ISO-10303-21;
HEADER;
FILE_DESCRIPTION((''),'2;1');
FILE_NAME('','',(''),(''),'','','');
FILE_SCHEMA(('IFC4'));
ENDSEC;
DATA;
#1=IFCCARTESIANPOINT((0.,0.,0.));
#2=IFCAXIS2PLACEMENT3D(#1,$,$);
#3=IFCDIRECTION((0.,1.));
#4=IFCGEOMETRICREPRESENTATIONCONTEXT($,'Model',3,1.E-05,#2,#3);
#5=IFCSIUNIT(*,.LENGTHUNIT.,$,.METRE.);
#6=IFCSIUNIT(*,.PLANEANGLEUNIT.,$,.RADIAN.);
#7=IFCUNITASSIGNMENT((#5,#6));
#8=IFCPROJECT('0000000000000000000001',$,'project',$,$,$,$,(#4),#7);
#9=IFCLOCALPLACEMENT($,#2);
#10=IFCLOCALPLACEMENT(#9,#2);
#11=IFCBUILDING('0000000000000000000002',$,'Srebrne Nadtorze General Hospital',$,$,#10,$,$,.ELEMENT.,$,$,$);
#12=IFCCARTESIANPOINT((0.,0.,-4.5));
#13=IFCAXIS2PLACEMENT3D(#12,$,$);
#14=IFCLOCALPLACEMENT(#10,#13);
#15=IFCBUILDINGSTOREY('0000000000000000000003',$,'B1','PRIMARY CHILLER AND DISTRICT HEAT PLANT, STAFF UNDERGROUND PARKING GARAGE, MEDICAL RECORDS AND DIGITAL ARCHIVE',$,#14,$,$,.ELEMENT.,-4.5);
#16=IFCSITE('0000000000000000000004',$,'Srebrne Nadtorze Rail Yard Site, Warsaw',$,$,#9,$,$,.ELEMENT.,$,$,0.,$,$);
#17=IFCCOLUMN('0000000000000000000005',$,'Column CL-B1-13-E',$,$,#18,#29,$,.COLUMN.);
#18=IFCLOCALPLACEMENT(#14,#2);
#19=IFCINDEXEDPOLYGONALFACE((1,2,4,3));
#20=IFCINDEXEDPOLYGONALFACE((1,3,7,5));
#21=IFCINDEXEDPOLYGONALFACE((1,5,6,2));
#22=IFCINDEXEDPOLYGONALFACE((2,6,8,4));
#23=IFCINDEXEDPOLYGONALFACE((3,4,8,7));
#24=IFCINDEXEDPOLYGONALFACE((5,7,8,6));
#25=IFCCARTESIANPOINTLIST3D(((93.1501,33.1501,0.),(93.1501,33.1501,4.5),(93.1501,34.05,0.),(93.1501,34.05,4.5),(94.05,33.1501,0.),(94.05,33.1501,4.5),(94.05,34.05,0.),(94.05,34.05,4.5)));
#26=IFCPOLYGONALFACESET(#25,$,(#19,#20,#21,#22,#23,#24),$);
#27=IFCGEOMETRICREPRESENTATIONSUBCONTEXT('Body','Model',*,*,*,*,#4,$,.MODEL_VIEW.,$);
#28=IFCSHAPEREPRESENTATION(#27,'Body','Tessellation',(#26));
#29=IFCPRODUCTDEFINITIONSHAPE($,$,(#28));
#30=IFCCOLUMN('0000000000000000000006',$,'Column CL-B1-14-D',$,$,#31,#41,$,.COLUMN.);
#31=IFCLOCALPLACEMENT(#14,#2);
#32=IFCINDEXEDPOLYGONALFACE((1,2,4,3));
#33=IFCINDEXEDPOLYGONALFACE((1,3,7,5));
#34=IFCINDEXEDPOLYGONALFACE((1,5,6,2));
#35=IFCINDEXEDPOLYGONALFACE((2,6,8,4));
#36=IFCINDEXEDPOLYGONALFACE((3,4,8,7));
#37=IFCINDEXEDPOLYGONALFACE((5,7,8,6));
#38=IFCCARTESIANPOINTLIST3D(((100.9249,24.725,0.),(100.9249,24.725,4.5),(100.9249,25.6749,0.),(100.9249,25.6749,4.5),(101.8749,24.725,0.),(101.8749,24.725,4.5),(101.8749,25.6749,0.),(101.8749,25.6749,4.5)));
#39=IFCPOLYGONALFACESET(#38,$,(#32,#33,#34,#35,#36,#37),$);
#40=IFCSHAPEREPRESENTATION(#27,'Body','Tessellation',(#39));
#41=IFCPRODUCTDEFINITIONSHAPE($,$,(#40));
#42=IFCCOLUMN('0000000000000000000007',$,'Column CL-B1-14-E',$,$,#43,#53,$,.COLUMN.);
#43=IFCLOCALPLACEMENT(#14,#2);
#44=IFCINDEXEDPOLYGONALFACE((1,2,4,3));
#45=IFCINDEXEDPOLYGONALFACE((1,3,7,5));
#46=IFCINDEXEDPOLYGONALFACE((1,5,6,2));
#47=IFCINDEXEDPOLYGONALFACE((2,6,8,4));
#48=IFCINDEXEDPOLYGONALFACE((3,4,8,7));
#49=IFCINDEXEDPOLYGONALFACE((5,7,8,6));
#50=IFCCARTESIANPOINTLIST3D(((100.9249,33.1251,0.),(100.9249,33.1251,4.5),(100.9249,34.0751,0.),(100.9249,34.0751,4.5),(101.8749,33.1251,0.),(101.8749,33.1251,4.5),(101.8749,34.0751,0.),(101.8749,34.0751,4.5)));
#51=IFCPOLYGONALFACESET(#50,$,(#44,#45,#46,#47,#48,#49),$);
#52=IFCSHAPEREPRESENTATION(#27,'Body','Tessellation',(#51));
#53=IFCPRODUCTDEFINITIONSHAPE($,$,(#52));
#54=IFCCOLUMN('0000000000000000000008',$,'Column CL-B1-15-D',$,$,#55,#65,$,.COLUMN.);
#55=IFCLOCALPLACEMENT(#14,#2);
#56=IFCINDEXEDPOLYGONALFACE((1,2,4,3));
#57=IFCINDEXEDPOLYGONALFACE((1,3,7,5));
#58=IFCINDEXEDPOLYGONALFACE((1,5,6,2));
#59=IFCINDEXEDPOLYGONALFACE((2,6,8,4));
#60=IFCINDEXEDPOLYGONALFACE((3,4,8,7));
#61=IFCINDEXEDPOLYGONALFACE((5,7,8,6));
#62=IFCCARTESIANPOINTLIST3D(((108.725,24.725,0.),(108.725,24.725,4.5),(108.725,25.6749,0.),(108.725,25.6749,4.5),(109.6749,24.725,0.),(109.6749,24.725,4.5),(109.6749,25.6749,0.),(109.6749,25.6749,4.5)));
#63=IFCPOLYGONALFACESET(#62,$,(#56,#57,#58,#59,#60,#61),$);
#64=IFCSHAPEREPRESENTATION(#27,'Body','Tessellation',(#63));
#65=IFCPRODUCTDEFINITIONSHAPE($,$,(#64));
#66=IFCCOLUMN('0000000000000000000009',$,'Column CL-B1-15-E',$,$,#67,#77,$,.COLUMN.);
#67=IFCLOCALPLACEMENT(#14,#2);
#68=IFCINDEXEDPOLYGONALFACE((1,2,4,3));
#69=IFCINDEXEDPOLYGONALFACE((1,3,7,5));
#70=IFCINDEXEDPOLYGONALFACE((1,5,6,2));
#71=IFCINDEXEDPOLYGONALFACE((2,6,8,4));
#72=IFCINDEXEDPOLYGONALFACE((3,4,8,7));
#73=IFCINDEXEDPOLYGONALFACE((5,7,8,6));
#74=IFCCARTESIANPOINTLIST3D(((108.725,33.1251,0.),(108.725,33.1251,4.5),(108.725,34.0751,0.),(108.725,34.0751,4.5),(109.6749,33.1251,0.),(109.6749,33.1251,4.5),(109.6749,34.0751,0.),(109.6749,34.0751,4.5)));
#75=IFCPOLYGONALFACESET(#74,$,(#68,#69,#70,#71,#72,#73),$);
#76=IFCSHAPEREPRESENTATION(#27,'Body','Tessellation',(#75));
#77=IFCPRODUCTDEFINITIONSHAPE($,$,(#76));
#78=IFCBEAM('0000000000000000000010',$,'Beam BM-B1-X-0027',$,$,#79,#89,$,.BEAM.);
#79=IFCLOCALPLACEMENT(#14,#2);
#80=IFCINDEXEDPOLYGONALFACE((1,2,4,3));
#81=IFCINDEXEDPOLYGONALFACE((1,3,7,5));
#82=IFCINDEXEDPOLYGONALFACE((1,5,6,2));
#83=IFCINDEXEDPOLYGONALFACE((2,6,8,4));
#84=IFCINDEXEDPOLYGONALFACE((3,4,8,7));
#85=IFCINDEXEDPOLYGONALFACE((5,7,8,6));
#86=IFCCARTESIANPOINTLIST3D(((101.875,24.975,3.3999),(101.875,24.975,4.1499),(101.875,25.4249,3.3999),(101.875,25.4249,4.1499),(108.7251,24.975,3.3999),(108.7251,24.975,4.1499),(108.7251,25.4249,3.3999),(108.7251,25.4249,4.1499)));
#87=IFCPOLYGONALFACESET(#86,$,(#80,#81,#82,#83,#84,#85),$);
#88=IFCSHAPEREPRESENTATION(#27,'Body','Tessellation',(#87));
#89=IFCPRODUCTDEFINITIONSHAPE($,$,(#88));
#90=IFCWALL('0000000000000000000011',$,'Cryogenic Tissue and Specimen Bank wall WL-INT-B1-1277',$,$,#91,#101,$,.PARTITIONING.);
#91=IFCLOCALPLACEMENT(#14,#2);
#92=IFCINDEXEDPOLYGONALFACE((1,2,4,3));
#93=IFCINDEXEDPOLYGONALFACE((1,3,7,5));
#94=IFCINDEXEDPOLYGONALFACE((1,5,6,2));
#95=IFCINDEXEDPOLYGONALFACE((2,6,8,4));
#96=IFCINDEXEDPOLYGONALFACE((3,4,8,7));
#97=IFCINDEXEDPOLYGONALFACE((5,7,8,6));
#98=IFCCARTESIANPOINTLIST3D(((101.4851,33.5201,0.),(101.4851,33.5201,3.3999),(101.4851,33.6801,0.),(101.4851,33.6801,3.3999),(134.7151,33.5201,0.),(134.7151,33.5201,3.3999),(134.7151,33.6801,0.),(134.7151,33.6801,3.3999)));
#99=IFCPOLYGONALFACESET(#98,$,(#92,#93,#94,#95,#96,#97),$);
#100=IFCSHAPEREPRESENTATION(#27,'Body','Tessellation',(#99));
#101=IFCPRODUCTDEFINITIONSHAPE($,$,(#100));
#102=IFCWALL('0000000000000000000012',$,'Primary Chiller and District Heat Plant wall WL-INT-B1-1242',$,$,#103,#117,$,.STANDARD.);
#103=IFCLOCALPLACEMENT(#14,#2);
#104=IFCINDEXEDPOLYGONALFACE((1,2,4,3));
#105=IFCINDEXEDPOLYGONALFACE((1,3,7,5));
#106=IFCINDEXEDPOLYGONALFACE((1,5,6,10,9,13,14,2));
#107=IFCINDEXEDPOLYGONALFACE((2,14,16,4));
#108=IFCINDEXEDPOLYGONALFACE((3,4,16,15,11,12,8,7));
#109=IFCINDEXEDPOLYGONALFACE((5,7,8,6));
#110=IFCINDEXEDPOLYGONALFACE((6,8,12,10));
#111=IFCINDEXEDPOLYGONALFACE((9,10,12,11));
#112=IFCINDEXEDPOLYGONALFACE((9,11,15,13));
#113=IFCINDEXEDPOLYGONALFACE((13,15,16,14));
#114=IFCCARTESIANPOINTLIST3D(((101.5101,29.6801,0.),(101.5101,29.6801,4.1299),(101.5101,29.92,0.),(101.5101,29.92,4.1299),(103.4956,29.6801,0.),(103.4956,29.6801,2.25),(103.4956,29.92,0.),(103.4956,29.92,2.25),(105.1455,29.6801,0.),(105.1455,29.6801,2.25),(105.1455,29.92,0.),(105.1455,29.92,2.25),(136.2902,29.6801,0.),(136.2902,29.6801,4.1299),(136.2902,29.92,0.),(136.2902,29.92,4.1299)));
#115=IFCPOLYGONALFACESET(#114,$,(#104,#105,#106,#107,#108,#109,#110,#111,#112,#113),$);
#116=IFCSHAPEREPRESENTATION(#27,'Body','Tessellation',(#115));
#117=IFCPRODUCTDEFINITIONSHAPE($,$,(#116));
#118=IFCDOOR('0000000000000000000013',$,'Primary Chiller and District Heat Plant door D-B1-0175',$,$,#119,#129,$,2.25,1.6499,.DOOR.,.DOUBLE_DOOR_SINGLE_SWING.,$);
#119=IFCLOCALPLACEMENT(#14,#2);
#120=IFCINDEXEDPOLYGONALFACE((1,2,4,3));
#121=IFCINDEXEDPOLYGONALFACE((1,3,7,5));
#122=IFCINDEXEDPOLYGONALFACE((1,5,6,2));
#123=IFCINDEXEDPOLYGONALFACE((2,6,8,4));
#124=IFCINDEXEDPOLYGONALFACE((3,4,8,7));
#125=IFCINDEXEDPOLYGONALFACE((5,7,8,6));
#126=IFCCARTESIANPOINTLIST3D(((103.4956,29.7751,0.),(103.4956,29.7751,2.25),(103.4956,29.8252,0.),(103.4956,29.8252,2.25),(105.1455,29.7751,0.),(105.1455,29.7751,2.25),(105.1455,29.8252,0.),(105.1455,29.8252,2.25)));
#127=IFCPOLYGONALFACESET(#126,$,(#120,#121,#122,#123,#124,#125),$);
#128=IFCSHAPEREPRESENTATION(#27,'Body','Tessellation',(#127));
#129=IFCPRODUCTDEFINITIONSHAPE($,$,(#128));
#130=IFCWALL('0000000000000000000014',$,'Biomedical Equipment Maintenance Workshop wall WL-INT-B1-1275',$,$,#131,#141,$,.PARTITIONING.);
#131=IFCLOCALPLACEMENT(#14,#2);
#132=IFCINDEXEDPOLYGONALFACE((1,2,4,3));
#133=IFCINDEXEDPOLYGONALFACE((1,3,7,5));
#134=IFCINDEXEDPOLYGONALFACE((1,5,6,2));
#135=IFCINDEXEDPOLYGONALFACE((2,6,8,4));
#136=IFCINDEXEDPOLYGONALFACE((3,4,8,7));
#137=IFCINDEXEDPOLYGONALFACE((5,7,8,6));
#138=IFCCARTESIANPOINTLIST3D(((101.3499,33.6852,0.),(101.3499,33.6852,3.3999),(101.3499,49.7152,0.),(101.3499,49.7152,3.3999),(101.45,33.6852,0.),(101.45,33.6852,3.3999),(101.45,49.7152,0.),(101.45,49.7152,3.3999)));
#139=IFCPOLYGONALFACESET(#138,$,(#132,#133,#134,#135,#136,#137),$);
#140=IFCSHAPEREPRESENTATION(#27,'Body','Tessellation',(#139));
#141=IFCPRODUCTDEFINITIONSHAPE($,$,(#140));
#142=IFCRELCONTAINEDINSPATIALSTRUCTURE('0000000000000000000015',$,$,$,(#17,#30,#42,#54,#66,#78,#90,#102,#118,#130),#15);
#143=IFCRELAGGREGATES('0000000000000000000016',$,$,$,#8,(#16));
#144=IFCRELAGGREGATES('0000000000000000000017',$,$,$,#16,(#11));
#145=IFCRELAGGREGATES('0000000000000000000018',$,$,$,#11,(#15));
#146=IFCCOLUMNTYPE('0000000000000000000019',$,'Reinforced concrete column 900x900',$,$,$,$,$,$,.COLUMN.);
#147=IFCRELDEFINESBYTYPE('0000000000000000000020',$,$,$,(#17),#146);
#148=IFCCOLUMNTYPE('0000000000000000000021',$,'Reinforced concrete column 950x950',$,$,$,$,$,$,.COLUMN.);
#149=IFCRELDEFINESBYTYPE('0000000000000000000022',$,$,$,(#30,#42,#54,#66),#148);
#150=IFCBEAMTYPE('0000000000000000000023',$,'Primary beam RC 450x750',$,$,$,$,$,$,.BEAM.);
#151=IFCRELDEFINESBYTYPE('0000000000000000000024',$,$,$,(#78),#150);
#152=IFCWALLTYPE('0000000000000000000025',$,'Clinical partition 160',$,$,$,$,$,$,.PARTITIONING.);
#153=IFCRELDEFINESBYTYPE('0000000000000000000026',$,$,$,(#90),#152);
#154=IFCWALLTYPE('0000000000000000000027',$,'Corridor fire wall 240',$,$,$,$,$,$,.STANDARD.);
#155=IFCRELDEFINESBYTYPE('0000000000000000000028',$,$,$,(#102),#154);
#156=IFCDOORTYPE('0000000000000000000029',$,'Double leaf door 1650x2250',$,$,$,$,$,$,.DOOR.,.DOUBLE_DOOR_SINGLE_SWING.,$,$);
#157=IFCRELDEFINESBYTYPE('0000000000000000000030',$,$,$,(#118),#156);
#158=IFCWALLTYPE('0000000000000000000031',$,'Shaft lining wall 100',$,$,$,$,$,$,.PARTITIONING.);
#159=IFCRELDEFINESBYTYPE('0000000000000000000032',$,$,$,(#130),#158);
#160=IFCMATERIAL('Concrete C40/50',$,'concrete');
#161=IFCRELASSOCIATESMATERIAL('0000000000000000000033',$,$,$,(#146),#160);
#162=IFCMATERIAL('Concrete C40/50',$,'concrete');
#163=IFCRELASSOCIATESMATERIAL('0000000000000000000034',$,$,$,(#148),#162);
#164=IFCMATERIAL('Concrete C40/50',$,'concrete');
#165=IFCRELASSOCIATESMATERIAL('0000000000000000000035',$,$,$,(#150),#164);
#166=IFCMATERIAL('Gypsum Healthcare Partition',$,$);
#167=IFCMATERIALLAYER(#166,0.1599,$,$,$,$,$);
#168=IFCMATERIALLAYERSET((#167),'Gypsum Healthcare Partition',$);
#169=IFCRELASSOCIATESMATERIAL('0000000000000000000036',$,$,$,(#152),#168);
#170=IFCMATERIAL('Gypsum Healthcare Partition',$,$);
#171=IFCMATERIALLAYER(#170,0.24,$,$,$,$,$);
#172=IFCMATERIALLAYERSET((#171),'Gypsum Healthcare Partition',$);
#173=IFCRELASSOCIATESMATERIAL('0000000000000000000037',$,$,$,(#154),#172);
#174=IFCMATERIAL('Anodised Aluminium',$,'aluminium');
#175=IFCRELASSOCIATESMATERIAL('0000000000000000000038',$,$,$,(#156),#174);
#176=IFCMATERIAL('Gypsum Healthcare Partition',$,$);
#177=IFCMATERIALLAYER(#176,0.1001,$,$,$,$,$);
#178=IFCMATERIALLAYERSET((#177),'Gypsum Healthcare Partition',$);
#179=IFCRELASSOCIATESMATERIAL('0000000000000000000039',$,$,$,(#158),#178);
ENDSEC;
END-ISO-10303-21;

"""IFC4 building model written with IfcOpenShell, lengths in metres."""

from ifc_helpers import new_model, si_unit, direction, frame, frame_2d, origin, origin_2d, place, context, subcontext, project, spatial, rectangle, extrude, material, layer, layer_set, material_profile, profile_set, type_object, element, fill, save


model = new_model("IFC4")

# Units and contexts
model_context = context("Model", 3, precision=1e-05, world=origin(), true_north=direction((0.0, 1.0)))
body_context = subcontext(model_context, "Body", "Model", "MODEL_VIEW")
ifc_project = project(units=[si_unit("LENGTHUNIT", "METRE"), si_unit("PLANEANGLEUNIT", "RADIAN")], contexts=[model_context])

# Site, building, storey
site_placement = place(None, origin())
site = spatial("IfcSite", under=ifc_project, at=site_placement, Name="Srebrne Nadtorze Rail Yard Site, Warsaw", CompositionType="ELEMENT", RefElevation=0.0)
building_placement = place(site_placement, origin())
building = spatial("IfcBuilding", under=site, at=building_placement, Name="Srebrne Nadtorze General Hospital", CompositionType="ELEMENT")
storey_placement = place(building_placement, frame((0.0, 0.0, -4.5)))
storey = spatial("IfcBuildingStorey", under=building, at=storey_placement, Name="B1", Description="PRIMARY CHILLER AND DISTRICT HEAT PLANT, STAFF UNDERGROUND PARKING GARAGE, MEDICAL RECORDS AND DIGITAL ARCHIVE", CompositionType="ELEMENT", Elevation=-4.5)

# Columns
ifc_material_1 = material(Name="Concrete C40/50", Category="concrete")
ifc_material_profile_1 = material_profile(ifc_material_1, rectangle(XDim=0.8999, YDim=0.8999, at=origin_2d()), Name="RC-COL-900x900")
ifc_profile_set_1 = profile_set([ifc_material_profile_1], Name="Concrete C40/50")
column_type_1 = type_object("IfcColumnType", Name="Reinforced concrete column 900x900", PredefinedType="COLUMN", material=ifc_profile_set_1)
for number, where, z_axis, x_axis, name in (
    (1, (93.6001, 33.6001, 0.0), (0.0, 0.0, 1.0), (1.0, 0.0, 0.0), "Column CL-B1-13-E"),
):
    element("IfcColumn", number, at=place(storey_placement, frame(where, z_axis=z_axis, x_axis=x_axis)), inside=storey, type_object=column_type_1, Name=name, PredefinedType="COLUMN", context=body_context, shape_type="SweptSolid", body=[
        extrude(rectangle(XDim=0.8999, YDim=0.8999, at=origin_2d()), origin(), (0.0, 0.0, 1.0), 4.5),
    ])
ifc_material_2 = material(Name="Concrete C40/50", Category="concrete")
ifc_material_profile_2 = material_profile(ifc_material_2, rectangle(XDim=0.95, YDim=0.95, at=origin_2d()), Name="RC-COL-950x950")
ifc_profile_set_2 = profile_set([ifc_material_profile_2], Name="Concrete C40/50")
column_type_2 = type_object("IfcColumnType", Name="Reinforced concrete column 950x950", PredefinedType="COLUMN", material=ifc_profile_set_2)
for number, where, z_axis, x_axis, name in (
    (2, (101.3999, 25.2, 0.0), (0.0, 0.0, 1.0), (1.0, 0.0, 0.0), "Column CL-B1-14-D"),
    (3, (101.3999, 33.6001, 0.0), (0.0, 0.0, 1.0), (1.0, 0.0, 0.0), "Column CL-B1-14-E"),
    (4, (109.2, 25.2, 0.0), (0.0, 0.0, 1.0), (1.0, 0.0, 0.0), "Column CL-B1-15-D"),
    (5, (109.2, 33.6001, 0.0), (0.0, 0.0, 1.0), (1.0, 0.0, 0.0), "Column CL-B1-15-E"),
):
    element("IfcColumn", number, at=place(storey_placement, frame(where, z_axis=z_axis, x_axis=x_axis)), inside=storey, type_object=column_type_2, Name=name, PredefinedType="COLUMN", context=body_context, shape_type="SweptSolid", body=[
        extrude(rectangle(XDim=0.95, YDim=0.95, at=origin_2d()), origin(), (0.0, 0.0, 1.0), 4.5),
    ])

# Beam
ifc_material_3 = material(Name="Concrete C40/50", Category="concrete")
ifc_material_profile_3 = material_profile(ifc_material_3, rectangle(XDim=0.45, YDim=0.75, at=origin_2d()), Name="RC-BM-450x750")
ifc_profile_set_3 = profile_set([ifc_material_profile_3], Name="Concrete C40/50")
beam_type = type_object("IfcBeamType", Name="Primary beam RC 450x750", PredefinedType="BEAM", material=ifc_profile_set_3)
beam_placement = place(storey_placement, frame((101.875, 25.2, 3.7749), z_axis=(1.0, 0.0, 0.0), x_axis=(0.0, 1.0, 0.0)))
element("IfcBeam", 6, at=beam_placement, inside=storey, type_object=beam_type, Name="Beam BM-B1-X-0027", PredefinedType="BEAM", context=body_context, shape_type="SweptSolid", body=[
    extrude(rectangle(XDim=0.45, YDim=0.75, at=origin_2d()), origin(), (0.0, 0.0, 1.0), 6.8501),
])

# Wall
ifc_material_4 = material(Name="Gypsum Healthcare Partition")
ifc_layer_1 = layer(ifc_material_4, 0.1599)
ifc_layer_set_1 = layer_set([ifc_layer_1], Name="Gypsum Healthcare Partition")
wall_type_1 = type_object("IfcWallType", Name="Clinical partition 160", PredefinedType="PARTITIONING", material=ifc_layer_set_1)
wall_1_placement = place(storey_placement, frame((101.4851, 33.6001, 0.0), z_axis=(0.0, 0.0, 1.0), x_axis=(1.0, 0.0, 0.0)))
element("IfcWall", 7, at=wall_1_placement, inside=storey, type_object=wall_type_1, Name="Cryogenic Tissue and Specimen Bank wall WL-INT-B1-1277", PredefinedType="PARTITIONING", context=body_context, shape_type="SweptSolid", body=[
    extrude(rectangle(XDim=33.23, YDim=0.1599, at=frame_2d((16.615, 0.0))), origin(), (0.0, 0.0, 1.0), 3.3999),
])

# Wall, opening, door
ifc_material_5 = material(Name="Gypsum Healthcare Partition")
ifc_layer_2 = layer(ifc_material_5, 0.24)
ifc_layer_set_2 = layer_set([ifc_layer_2], Name="Gypsum Healthcare Partition")
wall_type_2 = type_object("IfcWallType", Name="Corridor fire wall 240", PredefinedType="STANDARD", material=ifc_layer_set_2)
wall_2_placement = place(storey_placement, frame((101.51, 29.8, 0.0), z_axis=(0.0, 0.0, 1.0), x_axis=(1.0, 0.0, 0.0)))
wall_2 = element("IfcWall", 8, at=wall_2_placement, inside=storey, type_object=wall_type_2, Name="Primary Chiller and District Heat Plant wall WL-INT-B1-1242", PredefinedType="STANDARD", context=body_context, shape_type="SweptSolid", body=[
    extrude(rectangle(XDim=34.78, YDim=0.24, at=frame_2d((17.3901, 0.0))), origin(), (0.0, 0.0, 1.0), 4.1299),
])
opening_placement = place(wall_2_placement, frame((1.9856, 0.0, 0.0)))
opening = element("IfcOpeningElement", 9, at=opening_placement, cuts=wall_2, PredefinedType="OPENING", context=body_context, shape_type="SweptSolid", body=[
    extrude(rectangle(XDim=1.6499, YDim=2.25, at=frame_2d((0.825, 1.125))), frame((0.0, 0.1318, 0.0), z_axis=(0.0, -1.0, 0.0), x_axis=(1.0, 0.0, 0.0)), (0.0, 0.0, 1.0), 0.2639),
])
ifc_material_6 = material(Name="Anodised Aluminium", Category="aluminium")
door_type = type_object("IfcDoorType", Name="Double leaf door 1650x2250", OperationType="DOUBLE_DOOR_SINGLE_SWING", PredefinedType="DOOR", material=ifc_material_6)
door_placement = place(opening_placement, frame((1.6499, 0.0, 0.0), z_axis=(0.0, 0.0, 1.0), x_axis=(-1.0, 0.0, 0.0)))
door = element("IfcDoor", 10, at=door_placement, inside=storey, type_object=door_type, Name="Primary Chiller and District Heat Plant door D-B1-0175", OperationType="DOUBLE_DOOR_SINGLE_SWING", OverallHeight=2.25, OverallWidth=1.6499, PredefinedType="DOOR", context=body_context, shape_type="SweptSolid", body=[
    extrude(rectangle(XDim=1.6499, YDim=2.25, at=frame_2d((0.825, 1.125))), frame((0.0, 0.0249, 0.0), z_axis=(0.0, -1.0, 0.0), x_axis=(1.0, 0.0, 0.0)), (0.0, 0.0, 1.0), 0.05),
])
fill(opening, door)

# Wall
ifc_material_7 = material(Name="Gypsum Healthcare Partition")
ifc_layer_3 = layer(ifc_material_7, 0.1001)
ifc_layer_set_3 = layer_set([ifc_layer_3], Name="Gypsum Healthcare Partition")
wall_type_3 = type_object("IfcWallType", Name="Shaft lining wall 100", PredefinedType="PARTITIONING", material=ifc_layer_set_3)
wall_3_placement = place(storey_placement, frame((101.3999, 33.6851, 0.0), z_axis=(0.0, 0.0, 1.0), x_axis=(0.0, 1.0, 0.0)))
element("IfcWall", 11, at=wall_3_placement, inside=storey, type_object=wall_type_3, Name="Biomedical Equipment Maintenance Workshop wall WL-INT-B1-1275", PredefinedType="PARTITIONING", context=body_context, shape_type="SweptSolid", body=[
    extrude(rectangle(XDim=16.03, YDim=0.1001, at=frame_2d((8.0151, 0.0))), origin(), (0.0, 0.0, 1.0), 3.3999),
])

save(model, "model.ifc")
